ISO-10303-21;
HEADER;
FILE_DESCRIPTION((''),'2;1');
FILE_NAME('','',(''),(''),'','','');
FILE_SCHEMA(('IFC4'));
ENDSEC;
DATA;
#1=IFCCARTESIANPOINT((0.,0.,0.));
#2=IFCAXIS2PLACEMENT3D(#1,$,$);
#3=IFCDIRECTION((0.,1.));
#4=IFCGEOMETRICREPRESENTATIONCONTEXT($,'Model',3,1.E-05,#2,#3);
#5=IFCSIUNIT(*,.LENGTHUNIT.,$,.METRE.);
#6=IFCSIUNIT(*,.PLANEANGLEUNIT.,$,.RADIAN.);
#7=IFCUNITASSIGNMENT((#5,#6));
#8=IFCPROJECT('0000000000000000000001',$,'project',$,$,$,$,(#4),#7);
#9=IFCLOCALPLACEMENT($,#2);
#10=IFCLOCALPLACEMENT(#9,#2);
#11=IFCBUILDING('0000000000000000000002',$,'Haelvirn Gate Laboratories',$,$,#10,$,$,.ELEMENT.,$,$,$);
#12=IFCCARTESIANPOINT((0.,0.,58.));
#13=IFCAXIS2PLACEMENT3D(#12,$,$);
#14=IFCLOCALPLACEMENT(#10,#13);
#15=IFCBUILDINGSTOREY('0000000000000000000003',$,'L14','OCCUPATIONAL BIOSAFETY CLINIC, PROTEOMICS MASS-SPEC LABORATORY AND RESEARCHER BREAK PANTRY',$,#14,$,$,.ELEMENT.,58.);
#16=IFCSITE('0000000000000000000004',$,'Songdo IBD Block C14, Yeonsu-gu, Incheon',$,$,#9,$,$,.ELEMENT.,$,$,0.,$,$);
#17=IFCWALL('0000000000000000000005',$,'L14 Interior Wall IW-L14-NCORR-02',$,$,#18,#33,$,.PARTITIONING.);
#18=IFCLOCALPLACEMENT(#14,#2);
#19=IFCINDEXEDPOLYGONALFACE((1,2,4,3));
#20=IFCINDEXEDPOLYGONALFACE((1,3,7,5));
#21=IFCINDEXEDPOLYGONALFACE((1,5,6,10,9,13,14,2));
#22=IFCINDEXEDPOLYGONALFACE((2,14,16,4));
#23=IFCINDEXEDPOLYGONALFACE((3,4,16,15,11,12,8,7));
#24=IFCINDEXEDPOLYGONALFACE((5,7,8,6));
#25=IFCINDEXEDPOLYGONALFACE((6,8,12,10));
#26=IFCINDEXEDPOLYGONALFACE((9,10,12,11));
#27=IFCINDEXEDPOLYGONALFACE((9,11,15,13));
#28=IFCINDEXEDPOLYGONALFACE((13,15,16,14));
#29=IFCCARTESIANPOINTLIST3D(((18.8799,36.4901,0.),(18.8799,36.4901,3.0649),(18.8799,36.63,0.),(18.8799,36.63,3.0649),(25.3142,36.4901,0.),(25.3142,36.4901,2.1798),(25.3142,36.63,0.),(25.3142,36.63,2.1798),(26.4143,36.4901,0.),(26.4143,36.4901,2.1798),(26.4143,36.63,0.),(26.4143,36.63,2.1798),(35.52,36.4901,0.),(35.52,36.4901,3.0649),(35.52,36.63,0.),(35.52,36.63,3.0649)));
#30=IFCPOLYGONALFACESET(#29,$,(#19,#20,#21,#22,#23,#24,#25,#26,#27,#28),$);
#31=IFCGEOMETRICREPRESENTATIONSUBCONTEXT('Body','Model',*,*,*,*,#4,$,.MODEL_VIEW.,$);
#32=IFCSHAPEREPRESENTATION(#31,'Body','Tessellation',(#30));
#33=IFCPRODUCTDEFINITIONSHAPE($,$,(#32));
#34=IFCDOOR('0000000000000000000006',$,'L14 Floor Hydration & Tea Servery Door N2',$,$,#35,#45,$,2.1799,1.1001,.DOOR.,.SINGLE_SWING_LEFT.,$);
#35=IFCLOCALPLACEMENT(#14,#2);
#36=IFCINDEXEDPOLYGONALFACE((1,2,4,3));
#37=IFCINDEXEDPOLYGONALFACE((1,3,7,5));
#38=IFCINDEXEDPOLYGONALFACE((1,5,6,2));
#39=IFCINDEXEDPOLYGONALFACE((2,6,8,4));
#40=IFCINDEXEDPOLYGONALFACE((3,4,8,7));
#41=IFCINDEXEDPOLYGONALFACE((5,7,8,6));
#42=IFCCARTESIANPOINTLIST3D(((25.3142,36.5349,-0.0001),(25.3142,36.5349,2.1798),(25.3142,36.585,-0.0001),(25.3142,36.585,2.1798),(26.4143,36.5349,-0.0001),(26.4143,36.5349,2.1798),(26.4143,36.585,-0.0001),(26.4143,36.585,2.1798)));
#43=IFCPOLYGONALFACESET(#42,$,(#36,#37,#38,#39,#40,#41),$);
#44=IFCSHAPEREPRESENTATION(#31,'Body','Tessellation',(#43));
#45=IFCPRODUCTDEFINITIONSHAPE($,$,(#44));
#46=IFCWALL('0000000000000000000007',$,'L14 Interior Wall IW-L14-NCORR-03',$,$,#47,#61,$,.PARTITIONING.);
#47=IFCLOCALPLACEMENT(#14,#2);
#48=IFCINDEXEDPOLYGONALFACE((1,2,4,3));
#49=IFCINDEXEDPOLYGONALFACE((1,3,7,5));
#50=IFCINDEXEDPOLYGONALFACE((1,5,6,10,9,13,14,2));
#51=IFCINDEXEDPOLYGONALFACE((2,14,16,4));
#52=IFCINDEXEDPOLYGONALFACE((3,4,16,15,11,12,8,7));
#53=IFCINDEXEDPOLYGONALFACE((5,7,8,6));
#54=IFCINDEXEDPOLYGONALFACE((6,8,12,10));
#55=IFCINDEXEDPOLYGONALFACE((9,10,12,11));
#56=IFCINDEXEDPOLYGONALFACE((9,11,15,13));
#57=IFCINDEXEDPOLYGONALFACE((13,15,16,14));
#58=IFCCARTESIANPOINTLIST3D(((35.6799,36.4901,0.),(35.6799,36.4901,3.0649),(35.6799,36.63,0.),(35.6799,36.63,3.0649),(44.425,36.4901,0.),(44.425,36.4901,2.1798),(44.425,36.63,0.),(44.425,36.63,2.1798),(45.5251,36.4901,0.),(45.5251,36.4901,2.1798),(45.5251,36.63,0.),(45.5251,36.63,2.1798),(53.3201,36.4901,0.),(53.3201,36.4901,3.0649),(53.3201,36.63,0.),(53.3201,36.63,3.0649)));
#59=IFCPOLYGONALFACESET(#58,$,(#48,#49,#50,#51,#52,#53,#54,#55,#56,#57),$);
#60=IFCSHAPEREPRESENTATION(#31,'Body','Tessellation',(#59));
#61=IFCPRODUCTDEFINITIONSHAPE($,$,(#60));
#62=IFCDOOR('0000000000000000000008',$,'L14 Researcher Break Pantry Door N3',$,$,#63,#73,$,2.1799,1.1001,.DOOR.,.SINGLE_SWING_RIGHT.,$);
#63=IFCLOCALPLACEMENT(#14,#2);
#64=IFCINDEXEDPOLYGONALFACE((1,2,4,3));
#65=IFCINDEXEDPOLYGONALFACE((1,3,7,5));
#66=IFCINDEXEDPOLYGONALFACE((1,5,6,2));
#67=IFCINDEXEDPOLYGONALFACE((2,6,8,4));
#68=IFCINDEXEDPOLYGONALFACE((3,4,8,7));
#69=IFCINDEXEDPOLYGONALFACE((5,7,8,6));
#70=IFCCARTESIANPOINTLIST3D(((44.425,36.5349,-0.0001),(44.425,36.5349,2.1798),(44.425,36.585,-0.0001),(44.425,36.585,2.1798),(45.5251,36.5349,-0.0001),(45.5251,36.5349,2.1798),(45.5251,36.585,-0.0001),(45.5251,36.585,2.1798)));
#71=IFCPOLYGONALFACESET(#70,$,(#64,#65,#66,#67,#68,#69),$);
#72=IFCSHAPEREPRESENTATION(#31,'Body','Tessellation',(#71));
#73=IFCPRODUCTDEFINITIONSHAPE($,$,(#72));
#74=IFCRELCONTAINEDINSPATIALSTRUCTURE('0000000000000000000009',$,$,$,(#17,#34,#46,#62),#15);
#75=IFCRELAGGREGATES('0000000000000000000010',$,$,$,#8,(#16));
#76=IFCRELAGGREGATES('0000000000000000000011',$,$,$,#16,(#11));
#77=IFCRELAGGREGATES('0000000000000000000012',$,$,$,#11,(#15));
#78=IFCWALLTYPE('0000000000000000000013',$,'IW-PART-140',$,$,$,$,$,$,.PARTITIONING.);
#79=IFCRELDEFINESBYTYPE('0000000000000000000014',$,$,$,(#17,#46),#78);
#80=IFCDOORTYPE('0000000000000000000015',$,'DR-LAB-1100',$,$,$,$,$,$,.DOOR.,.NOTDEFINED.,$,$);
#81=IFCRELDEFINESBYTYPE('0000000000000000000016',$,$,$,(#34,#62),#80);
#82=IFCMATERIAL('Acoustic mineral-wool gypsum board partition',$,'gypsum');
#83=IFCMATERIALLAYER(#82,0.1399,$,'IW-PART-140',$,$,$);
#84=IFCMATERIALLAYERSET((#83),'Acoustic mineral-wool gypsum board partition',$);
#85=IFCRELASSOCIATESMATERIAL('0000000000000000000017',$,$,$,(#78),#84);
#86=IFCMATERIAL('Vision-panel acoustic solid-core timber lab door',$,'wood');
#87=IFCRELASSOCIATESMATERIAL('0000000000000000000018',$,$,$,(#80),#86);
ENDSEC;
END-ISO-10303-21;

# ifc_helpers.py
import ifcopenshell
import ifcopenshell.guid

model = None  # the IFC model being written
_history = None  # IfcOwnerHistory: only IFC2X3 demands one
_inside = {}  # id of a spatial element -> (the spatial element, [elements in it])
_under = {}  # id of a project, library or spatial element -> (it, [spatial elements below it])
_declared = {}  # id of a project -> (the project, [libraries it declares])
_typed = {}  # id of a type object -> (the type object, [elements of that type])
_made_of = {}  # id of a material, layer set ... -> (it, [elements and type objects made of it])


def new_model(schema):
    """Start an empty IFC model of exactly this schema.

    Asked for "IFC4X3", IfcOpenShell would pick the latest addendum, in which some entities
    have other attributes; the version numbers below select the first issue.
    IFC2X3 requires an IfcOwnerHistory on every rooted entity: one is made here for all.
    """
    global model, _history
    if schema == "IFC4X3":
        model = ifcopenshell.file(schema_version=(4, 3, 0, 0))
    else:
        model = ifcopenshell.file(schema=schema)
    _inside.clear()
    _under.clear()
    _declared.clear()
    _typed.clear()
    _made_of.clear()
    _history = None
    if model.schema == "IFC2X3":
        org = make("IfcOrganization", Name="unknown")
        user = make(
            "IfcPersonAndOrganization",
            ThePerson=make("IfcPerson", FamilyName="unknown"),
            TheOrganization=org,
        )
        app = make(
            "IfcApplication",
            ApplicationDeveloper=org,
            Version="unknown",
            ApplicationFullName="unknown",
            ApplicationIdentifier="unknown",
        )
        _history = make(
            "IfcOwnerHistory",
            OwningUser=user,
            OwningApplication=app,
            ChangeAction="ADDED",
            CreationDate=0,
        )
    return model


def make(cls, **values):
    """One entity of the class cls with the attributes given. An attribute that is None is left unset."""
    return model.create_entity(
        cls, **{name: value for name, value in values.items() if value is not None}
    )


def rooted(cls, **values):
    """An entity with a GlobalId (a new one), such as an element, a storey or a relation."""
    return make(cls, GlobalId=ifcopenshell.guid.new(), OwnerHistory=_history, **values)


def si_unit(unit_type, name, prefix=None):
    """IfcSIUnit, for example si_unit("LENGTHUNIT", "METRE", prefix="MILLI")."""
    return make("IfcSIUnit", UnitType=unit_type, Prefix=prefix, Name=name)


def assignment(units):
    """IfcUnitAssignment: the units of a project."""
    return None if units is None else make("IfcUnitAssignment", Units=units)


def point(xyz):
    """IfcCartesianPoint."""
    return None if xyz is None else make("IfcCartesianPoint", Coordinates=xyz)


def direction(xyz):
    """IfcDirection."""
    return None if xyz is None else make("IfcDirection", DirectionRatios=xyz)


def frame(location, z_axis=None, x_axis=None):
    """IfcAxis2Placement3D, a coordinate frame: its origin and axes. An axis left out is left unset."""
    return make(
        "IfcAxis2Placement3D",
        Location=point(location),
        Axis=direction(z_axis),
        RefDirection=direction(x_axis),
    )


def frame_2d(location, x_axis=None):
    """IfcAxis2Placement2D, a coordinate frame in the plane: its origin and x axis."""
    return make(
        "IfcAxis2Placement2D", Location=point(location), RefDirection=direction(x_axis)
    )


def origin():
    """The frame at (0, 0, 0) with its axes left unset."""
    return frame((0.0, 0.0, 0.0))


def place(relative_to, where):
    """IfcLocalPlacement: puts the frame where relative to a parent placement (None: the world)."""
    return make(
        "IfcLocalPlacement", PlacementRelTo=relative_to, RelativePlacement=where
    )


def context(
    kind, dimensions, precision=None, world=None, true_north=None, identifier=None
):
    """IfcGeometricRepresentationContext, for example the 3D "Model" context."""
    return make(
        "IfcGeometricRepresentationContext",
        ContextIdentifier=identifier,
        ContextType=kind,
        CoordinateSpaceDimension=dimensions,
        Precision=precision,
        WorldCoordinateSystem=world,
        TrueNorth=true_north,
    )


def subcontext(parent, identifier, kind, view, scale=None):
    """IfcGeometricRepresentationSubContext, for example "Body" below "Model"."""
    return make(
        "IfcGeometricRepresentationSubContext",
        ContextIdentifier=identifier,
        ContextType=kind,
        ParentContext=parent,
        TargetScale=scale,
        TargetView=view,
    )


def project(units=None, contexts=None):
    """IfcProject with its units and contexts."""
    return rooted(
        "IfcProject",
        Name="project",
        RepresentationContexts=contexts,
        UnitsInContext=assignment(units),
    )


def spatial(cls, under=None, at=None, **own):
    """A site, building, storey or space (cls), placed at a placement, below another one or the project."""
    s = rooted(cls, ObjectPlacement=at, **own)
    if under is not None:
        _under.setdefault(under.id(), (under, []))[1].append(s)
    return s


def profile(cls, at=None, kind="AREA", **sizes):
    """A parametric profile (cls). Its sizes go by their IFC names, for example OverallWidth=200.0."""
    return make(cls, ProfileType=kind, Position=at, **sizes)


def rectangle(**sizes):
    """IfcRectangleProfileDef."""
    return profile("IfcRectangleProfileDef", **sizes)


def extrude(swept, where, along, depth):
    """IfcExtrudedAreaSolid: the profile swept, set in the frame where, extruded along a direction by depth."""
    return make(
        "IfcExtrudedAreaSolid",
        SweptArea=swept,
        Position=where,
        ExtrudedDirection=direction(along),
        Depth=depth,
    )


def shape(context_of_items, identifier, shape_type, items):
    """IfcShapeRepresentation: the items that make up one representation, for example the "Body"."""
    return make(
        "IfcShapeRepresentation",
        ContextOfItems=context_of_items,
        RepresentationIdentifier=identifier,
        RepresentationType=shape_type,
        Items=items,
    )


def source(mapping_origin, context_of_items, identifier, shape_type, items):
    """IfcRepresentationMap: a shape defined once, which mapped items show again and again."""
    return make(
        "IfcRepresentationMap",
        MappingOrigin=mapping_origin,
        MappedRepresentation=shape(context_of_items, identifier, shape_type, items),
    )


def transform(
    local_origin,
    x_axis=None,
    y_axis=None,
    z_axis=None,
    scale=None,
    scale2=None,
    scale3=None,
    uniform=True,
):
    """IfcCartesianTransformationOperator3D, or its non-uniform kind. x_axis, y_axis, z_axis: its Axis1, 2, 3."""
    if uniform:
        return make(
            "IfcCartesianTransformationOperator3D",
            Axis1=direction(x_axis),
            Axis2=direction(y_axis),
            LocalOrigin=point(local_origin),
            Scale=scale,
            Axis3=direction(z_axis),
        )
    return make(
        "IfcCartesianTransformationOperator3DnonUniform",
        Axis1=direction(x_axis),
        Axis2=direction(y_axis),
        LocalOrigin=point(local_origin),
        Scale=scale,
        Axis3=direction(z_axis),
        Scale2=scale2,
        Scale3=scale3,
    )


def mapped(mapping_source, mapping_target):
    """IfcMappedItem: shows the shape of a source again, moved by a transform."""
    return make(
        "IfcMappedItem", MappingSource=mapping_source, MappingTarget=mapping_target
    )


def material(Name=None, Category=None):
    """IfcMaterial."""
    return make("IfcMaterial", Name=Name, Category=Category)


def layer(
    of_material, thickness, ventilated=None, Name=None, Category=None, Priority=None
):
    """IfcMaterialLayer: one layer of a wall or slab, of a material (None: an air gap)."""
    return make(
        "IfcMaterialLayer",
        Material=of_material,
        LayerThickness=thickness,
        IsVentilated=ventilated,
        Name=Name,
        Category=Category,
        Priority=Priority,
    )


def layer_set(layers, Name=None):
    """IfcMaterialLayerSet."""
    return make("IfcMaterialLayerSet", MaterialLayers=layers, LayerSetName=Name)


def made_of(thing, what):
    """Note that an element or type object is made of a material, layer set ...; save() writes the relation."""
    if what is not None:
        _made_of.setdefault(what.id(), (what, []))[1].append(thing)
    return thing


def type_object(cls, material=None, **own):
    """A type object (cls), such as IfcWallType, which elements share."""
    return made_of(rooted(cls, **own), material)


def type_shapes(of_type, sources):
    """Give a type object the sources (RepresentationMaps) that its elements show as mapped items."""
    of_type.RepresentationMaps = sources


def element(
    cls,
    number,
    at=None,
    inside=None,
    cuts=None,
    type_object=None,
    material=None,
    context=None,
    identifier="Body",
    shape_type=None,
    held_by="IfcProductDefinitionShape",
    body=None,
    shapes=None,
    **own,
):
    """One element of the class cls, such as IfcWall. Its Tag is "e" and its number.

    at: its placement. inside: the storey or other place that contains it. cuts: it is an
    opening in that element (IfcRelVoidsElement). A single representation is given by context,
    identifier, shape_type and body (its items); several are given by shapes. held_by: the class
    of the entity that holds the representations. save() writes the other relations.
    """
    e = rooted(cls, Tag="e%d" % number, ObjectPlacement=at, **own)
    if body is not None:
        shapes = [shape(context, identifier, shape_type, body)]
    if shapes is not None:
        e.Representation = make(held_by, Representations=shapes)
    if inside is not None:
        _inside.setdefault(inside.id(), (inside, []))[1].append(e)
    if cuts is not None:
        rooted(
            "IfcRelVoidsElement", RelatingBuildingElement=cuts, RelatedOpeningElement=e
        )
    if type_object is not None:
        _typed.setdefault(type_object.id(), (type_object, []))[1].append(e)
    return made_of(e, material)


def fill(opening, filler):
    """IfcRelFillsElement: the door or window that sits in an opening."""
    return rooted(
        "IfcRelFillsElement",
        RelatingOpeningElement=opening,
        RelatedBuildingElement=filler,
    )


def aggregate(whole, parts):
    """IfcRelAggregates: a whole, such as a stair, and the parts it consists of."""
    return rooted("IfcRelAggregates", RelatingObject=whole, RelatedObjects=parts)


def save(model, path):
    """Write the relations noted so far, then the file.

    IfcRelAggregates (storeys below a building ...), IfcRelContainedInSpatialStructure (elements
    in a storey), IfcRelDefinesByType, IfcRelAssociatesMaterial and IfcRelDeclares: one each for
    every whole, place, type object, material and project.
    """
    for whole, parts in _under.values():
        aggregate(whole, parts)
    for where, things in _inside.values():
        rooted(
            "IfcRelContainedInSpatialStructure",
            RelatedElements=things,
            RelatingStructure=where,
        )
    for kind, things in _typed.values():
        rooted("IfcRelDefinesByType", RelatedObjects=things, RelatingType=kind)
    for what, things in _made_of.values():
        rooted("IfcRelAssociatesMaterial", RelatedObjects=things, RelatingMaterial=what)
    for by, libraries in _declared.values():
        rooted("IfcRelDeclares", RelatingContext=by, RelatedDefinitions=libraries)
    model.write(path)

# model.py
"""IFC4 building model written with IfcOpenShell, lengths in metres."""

from ifc_helpers import new_model, si_unit, direction, frame, frame_2d, origin, place, context, subcontext, project, spatial, rectangle, extrude, source, transform, mapped, material, layer, layer_set, type_object, type_shapes, element, fill, save


model = new_model("IFC4")

# Units and contexts
model_context = context("Model", 3, precision=1e-05, world=origin(), true_north=direction((0.0, 1.0)))
body_context = subcontext(model_context, "Body", "Model", "MODEL_VIEW")
ifc_project = project(units=[si_unit("LENGTHUNIT", "METRE"), si_unit("PLANEANGLEUNIT", "RADIAN")], contexts=[model_context])

# Site, building, storey
site_placement = place(None, origin())
site = spatial("IfcSite", under=ifc_project, at=site_placement, Name="Songdo IBD Block C14, Yeonsu-gu, Incheon", CompositionType="ELEMENT", RefElevation=0.0)
building_placement = place(site_placement, origin())
building = spatial("IfcBuilding", under=site, at=building_placement, Name="Haelvirn Gate Laboratories", CompositionType="ELEMENT")
storey_placement = place(building_placement, frame((0.0, 0.0, 58.0)))
storey = spatial("IfcBuildingStorey", under=building, at=storey_placement, Name="L14", Description="OCCUPATIONAL BIOSAFETY CLINIC, PROTEOMICS MASS-SPEC LABORATORY AND RESEARCHER BREAK PANTRY", CompositionType="ELEMENT", Elevation=58.0)

# Walls, openings, doors
ifc_material_1 = material(Name="Acoustic mineral-wool gypsum board partition", Category="gypsum")
ifc_layer_1 = layer(ifc_material_1, 0.1399, Name="IW-PART-140")
ifc_layer_set_1 = layer_set([ifc_layer_1], Name="Acoustic mineral-wool gypsum board partition")
wall_type_1 = type_object("IfcWallType", Name="IW-PART-140", PredefinedType="PARTITIONING", material=ifc_layer_set_1)
wall_1_placement = place(storey_placement, frame((18.8799, 36.5601, 0.0), z_axis=(0.0, 0.0, 1.0), x_axis=(1.0, 0.0, 0.0)))
wall_1 = element("IfcWall", 1, at=wall_1_placement, inside=storey, type_object=wall_type_1, Name="L14 Interior Wall IW-L14-NCORR-02", PredefinedType="PARTITIONING", context=body_context, shape_type="SweptSolid", body=[
    extrude(rectangle(XDim=16.6401, YDim=0.1399, at=frame_2d((8.3201, 0.0))), origin(), (0.0, 0.0, 1.0), 3.0649),
])
opening_1_placement = place(wall_1_placement, frame((6.4343, 0.0, 0.0)))
opening_1 = element("IfcOpeningElement", 2, at=opening_1_placement, cuts=wall_1, PredefinedType="OPENING", context=body_context, shape_type="SweptSolid", body=[
    extrude(rectangle(XDim=1.1001, YDim=2.1799, at=frame_2d((0.55, 1.0898))), frame((0.0, 0.0801, 0.0), z_axis=(0.0, -1.0, 0.0), x_axis=(1.0, 0.0, 0.0)), (0.0, 0.0, 1.0), 0.1599),
])
ifc_material_2 = material(Name="Vision-panel acoustic solid-core timber lab door", Category="wood")
door_type = type_object("IfcDoorType", Name="DR-LAB-1100", OperationType="NOTDEFINED", PredefinedType="DOOR", material=ifc_material_2)
shared_shape_1 = source(origin(), body_context, "Body", "SweptSolid", [
    extrude(rectangle(XDim=1.1001, YDim=2.1799, at=frame_2d((0.55, 1.0898))), frame((0.0, 0.0249, 0.0), z_axis=(0.0, -1.0, 0.0), x_axis=(1.0, 0.0, 0.0)), (0.0, 0.0, 1.0), 0.05),
])
type_shapes(door_type, [shared_shape_1])
door_1_placement = place(opening_1_placement, origin())
door_1 = element("IfcDoor", 3, at=door_1_placement, inside=storey, type_object=door_type, Name="L14 Floor Hydration & Tea Servery Door N2", OperationType="SINGLE_SWING_LEFT", OverallHeight=2.1799, OverallWidth=1.1001, PredefinedType="DOOR", context=body_context, shape_type="MappedRepresentation", body=[
    mapped(shared_shape_1, transform((0.0, 0.0, 0.0), scale=1.0)),
])
fill(opening_1, door_1)
wall_2_placement = place(storey_placement, frame((35.6799, 36.5601, 0.0), z_axis=(0.0, 0.0, 1.0), x_axis=(1.0, 0.0, 0.0)))
wall_2 = element("IfcWall", 4, at=wall_2_placement, inside=storey, type_object=wall_type_1, Name="L14 Interior Wall IW-L14-NCORR-03", PredefinedType="PARTITIONING", context=body_context, shape_type="SweptSolid", body=[
    extrude(rectangle(XDim=17.6401, YDim=0.1399, at=frame_2d((8.8201, 0.0))), origin(), (0.0, 0.0, 1.0), 3.0649),
])
opening_2_placement = place(wall_2_placement, frame((8.7451, 0.0, 0.0)))
opening_2 = element("IfcOpeningElement", 5, at=opening_2_placement, cuts=wall_2, PredefinedType="OPENING", context=body_context, shape_type="SweptSolid", body=[
    extrude(rectangle(XDim=1.1001, YDim=2.1799, at=frame_2d((0.55, 1.0898))), frame((0.0, 0.0801, 0.0), z_axis=(0.0, -1.0, 0.0), x_axis=(1.0, 0.0, 0.0)), (0.0, 0.0, 1.0), 0.1599),
])
door_2_placement = place(opening_2_placement, origin())
door_2 = element("IfcDoor", 6, at=door_2_placement, inside=storey, type_object=door_type, Name="L14 Researcher Break Pantry Door N3", OperationType="SINGLE_SWING_RIGHT", OverallHeight=2.1799, OverallWidth=1.1001, PredefinedType="DOOR", context=body_context, shape_type="MappedRepresentation", body=[
    mapped(shared_shape_1, transform((0.0, 0.0, 0.0), scale=1.0)),
])
fill(opening_2, door_2)

save(model, "model.ifc")
